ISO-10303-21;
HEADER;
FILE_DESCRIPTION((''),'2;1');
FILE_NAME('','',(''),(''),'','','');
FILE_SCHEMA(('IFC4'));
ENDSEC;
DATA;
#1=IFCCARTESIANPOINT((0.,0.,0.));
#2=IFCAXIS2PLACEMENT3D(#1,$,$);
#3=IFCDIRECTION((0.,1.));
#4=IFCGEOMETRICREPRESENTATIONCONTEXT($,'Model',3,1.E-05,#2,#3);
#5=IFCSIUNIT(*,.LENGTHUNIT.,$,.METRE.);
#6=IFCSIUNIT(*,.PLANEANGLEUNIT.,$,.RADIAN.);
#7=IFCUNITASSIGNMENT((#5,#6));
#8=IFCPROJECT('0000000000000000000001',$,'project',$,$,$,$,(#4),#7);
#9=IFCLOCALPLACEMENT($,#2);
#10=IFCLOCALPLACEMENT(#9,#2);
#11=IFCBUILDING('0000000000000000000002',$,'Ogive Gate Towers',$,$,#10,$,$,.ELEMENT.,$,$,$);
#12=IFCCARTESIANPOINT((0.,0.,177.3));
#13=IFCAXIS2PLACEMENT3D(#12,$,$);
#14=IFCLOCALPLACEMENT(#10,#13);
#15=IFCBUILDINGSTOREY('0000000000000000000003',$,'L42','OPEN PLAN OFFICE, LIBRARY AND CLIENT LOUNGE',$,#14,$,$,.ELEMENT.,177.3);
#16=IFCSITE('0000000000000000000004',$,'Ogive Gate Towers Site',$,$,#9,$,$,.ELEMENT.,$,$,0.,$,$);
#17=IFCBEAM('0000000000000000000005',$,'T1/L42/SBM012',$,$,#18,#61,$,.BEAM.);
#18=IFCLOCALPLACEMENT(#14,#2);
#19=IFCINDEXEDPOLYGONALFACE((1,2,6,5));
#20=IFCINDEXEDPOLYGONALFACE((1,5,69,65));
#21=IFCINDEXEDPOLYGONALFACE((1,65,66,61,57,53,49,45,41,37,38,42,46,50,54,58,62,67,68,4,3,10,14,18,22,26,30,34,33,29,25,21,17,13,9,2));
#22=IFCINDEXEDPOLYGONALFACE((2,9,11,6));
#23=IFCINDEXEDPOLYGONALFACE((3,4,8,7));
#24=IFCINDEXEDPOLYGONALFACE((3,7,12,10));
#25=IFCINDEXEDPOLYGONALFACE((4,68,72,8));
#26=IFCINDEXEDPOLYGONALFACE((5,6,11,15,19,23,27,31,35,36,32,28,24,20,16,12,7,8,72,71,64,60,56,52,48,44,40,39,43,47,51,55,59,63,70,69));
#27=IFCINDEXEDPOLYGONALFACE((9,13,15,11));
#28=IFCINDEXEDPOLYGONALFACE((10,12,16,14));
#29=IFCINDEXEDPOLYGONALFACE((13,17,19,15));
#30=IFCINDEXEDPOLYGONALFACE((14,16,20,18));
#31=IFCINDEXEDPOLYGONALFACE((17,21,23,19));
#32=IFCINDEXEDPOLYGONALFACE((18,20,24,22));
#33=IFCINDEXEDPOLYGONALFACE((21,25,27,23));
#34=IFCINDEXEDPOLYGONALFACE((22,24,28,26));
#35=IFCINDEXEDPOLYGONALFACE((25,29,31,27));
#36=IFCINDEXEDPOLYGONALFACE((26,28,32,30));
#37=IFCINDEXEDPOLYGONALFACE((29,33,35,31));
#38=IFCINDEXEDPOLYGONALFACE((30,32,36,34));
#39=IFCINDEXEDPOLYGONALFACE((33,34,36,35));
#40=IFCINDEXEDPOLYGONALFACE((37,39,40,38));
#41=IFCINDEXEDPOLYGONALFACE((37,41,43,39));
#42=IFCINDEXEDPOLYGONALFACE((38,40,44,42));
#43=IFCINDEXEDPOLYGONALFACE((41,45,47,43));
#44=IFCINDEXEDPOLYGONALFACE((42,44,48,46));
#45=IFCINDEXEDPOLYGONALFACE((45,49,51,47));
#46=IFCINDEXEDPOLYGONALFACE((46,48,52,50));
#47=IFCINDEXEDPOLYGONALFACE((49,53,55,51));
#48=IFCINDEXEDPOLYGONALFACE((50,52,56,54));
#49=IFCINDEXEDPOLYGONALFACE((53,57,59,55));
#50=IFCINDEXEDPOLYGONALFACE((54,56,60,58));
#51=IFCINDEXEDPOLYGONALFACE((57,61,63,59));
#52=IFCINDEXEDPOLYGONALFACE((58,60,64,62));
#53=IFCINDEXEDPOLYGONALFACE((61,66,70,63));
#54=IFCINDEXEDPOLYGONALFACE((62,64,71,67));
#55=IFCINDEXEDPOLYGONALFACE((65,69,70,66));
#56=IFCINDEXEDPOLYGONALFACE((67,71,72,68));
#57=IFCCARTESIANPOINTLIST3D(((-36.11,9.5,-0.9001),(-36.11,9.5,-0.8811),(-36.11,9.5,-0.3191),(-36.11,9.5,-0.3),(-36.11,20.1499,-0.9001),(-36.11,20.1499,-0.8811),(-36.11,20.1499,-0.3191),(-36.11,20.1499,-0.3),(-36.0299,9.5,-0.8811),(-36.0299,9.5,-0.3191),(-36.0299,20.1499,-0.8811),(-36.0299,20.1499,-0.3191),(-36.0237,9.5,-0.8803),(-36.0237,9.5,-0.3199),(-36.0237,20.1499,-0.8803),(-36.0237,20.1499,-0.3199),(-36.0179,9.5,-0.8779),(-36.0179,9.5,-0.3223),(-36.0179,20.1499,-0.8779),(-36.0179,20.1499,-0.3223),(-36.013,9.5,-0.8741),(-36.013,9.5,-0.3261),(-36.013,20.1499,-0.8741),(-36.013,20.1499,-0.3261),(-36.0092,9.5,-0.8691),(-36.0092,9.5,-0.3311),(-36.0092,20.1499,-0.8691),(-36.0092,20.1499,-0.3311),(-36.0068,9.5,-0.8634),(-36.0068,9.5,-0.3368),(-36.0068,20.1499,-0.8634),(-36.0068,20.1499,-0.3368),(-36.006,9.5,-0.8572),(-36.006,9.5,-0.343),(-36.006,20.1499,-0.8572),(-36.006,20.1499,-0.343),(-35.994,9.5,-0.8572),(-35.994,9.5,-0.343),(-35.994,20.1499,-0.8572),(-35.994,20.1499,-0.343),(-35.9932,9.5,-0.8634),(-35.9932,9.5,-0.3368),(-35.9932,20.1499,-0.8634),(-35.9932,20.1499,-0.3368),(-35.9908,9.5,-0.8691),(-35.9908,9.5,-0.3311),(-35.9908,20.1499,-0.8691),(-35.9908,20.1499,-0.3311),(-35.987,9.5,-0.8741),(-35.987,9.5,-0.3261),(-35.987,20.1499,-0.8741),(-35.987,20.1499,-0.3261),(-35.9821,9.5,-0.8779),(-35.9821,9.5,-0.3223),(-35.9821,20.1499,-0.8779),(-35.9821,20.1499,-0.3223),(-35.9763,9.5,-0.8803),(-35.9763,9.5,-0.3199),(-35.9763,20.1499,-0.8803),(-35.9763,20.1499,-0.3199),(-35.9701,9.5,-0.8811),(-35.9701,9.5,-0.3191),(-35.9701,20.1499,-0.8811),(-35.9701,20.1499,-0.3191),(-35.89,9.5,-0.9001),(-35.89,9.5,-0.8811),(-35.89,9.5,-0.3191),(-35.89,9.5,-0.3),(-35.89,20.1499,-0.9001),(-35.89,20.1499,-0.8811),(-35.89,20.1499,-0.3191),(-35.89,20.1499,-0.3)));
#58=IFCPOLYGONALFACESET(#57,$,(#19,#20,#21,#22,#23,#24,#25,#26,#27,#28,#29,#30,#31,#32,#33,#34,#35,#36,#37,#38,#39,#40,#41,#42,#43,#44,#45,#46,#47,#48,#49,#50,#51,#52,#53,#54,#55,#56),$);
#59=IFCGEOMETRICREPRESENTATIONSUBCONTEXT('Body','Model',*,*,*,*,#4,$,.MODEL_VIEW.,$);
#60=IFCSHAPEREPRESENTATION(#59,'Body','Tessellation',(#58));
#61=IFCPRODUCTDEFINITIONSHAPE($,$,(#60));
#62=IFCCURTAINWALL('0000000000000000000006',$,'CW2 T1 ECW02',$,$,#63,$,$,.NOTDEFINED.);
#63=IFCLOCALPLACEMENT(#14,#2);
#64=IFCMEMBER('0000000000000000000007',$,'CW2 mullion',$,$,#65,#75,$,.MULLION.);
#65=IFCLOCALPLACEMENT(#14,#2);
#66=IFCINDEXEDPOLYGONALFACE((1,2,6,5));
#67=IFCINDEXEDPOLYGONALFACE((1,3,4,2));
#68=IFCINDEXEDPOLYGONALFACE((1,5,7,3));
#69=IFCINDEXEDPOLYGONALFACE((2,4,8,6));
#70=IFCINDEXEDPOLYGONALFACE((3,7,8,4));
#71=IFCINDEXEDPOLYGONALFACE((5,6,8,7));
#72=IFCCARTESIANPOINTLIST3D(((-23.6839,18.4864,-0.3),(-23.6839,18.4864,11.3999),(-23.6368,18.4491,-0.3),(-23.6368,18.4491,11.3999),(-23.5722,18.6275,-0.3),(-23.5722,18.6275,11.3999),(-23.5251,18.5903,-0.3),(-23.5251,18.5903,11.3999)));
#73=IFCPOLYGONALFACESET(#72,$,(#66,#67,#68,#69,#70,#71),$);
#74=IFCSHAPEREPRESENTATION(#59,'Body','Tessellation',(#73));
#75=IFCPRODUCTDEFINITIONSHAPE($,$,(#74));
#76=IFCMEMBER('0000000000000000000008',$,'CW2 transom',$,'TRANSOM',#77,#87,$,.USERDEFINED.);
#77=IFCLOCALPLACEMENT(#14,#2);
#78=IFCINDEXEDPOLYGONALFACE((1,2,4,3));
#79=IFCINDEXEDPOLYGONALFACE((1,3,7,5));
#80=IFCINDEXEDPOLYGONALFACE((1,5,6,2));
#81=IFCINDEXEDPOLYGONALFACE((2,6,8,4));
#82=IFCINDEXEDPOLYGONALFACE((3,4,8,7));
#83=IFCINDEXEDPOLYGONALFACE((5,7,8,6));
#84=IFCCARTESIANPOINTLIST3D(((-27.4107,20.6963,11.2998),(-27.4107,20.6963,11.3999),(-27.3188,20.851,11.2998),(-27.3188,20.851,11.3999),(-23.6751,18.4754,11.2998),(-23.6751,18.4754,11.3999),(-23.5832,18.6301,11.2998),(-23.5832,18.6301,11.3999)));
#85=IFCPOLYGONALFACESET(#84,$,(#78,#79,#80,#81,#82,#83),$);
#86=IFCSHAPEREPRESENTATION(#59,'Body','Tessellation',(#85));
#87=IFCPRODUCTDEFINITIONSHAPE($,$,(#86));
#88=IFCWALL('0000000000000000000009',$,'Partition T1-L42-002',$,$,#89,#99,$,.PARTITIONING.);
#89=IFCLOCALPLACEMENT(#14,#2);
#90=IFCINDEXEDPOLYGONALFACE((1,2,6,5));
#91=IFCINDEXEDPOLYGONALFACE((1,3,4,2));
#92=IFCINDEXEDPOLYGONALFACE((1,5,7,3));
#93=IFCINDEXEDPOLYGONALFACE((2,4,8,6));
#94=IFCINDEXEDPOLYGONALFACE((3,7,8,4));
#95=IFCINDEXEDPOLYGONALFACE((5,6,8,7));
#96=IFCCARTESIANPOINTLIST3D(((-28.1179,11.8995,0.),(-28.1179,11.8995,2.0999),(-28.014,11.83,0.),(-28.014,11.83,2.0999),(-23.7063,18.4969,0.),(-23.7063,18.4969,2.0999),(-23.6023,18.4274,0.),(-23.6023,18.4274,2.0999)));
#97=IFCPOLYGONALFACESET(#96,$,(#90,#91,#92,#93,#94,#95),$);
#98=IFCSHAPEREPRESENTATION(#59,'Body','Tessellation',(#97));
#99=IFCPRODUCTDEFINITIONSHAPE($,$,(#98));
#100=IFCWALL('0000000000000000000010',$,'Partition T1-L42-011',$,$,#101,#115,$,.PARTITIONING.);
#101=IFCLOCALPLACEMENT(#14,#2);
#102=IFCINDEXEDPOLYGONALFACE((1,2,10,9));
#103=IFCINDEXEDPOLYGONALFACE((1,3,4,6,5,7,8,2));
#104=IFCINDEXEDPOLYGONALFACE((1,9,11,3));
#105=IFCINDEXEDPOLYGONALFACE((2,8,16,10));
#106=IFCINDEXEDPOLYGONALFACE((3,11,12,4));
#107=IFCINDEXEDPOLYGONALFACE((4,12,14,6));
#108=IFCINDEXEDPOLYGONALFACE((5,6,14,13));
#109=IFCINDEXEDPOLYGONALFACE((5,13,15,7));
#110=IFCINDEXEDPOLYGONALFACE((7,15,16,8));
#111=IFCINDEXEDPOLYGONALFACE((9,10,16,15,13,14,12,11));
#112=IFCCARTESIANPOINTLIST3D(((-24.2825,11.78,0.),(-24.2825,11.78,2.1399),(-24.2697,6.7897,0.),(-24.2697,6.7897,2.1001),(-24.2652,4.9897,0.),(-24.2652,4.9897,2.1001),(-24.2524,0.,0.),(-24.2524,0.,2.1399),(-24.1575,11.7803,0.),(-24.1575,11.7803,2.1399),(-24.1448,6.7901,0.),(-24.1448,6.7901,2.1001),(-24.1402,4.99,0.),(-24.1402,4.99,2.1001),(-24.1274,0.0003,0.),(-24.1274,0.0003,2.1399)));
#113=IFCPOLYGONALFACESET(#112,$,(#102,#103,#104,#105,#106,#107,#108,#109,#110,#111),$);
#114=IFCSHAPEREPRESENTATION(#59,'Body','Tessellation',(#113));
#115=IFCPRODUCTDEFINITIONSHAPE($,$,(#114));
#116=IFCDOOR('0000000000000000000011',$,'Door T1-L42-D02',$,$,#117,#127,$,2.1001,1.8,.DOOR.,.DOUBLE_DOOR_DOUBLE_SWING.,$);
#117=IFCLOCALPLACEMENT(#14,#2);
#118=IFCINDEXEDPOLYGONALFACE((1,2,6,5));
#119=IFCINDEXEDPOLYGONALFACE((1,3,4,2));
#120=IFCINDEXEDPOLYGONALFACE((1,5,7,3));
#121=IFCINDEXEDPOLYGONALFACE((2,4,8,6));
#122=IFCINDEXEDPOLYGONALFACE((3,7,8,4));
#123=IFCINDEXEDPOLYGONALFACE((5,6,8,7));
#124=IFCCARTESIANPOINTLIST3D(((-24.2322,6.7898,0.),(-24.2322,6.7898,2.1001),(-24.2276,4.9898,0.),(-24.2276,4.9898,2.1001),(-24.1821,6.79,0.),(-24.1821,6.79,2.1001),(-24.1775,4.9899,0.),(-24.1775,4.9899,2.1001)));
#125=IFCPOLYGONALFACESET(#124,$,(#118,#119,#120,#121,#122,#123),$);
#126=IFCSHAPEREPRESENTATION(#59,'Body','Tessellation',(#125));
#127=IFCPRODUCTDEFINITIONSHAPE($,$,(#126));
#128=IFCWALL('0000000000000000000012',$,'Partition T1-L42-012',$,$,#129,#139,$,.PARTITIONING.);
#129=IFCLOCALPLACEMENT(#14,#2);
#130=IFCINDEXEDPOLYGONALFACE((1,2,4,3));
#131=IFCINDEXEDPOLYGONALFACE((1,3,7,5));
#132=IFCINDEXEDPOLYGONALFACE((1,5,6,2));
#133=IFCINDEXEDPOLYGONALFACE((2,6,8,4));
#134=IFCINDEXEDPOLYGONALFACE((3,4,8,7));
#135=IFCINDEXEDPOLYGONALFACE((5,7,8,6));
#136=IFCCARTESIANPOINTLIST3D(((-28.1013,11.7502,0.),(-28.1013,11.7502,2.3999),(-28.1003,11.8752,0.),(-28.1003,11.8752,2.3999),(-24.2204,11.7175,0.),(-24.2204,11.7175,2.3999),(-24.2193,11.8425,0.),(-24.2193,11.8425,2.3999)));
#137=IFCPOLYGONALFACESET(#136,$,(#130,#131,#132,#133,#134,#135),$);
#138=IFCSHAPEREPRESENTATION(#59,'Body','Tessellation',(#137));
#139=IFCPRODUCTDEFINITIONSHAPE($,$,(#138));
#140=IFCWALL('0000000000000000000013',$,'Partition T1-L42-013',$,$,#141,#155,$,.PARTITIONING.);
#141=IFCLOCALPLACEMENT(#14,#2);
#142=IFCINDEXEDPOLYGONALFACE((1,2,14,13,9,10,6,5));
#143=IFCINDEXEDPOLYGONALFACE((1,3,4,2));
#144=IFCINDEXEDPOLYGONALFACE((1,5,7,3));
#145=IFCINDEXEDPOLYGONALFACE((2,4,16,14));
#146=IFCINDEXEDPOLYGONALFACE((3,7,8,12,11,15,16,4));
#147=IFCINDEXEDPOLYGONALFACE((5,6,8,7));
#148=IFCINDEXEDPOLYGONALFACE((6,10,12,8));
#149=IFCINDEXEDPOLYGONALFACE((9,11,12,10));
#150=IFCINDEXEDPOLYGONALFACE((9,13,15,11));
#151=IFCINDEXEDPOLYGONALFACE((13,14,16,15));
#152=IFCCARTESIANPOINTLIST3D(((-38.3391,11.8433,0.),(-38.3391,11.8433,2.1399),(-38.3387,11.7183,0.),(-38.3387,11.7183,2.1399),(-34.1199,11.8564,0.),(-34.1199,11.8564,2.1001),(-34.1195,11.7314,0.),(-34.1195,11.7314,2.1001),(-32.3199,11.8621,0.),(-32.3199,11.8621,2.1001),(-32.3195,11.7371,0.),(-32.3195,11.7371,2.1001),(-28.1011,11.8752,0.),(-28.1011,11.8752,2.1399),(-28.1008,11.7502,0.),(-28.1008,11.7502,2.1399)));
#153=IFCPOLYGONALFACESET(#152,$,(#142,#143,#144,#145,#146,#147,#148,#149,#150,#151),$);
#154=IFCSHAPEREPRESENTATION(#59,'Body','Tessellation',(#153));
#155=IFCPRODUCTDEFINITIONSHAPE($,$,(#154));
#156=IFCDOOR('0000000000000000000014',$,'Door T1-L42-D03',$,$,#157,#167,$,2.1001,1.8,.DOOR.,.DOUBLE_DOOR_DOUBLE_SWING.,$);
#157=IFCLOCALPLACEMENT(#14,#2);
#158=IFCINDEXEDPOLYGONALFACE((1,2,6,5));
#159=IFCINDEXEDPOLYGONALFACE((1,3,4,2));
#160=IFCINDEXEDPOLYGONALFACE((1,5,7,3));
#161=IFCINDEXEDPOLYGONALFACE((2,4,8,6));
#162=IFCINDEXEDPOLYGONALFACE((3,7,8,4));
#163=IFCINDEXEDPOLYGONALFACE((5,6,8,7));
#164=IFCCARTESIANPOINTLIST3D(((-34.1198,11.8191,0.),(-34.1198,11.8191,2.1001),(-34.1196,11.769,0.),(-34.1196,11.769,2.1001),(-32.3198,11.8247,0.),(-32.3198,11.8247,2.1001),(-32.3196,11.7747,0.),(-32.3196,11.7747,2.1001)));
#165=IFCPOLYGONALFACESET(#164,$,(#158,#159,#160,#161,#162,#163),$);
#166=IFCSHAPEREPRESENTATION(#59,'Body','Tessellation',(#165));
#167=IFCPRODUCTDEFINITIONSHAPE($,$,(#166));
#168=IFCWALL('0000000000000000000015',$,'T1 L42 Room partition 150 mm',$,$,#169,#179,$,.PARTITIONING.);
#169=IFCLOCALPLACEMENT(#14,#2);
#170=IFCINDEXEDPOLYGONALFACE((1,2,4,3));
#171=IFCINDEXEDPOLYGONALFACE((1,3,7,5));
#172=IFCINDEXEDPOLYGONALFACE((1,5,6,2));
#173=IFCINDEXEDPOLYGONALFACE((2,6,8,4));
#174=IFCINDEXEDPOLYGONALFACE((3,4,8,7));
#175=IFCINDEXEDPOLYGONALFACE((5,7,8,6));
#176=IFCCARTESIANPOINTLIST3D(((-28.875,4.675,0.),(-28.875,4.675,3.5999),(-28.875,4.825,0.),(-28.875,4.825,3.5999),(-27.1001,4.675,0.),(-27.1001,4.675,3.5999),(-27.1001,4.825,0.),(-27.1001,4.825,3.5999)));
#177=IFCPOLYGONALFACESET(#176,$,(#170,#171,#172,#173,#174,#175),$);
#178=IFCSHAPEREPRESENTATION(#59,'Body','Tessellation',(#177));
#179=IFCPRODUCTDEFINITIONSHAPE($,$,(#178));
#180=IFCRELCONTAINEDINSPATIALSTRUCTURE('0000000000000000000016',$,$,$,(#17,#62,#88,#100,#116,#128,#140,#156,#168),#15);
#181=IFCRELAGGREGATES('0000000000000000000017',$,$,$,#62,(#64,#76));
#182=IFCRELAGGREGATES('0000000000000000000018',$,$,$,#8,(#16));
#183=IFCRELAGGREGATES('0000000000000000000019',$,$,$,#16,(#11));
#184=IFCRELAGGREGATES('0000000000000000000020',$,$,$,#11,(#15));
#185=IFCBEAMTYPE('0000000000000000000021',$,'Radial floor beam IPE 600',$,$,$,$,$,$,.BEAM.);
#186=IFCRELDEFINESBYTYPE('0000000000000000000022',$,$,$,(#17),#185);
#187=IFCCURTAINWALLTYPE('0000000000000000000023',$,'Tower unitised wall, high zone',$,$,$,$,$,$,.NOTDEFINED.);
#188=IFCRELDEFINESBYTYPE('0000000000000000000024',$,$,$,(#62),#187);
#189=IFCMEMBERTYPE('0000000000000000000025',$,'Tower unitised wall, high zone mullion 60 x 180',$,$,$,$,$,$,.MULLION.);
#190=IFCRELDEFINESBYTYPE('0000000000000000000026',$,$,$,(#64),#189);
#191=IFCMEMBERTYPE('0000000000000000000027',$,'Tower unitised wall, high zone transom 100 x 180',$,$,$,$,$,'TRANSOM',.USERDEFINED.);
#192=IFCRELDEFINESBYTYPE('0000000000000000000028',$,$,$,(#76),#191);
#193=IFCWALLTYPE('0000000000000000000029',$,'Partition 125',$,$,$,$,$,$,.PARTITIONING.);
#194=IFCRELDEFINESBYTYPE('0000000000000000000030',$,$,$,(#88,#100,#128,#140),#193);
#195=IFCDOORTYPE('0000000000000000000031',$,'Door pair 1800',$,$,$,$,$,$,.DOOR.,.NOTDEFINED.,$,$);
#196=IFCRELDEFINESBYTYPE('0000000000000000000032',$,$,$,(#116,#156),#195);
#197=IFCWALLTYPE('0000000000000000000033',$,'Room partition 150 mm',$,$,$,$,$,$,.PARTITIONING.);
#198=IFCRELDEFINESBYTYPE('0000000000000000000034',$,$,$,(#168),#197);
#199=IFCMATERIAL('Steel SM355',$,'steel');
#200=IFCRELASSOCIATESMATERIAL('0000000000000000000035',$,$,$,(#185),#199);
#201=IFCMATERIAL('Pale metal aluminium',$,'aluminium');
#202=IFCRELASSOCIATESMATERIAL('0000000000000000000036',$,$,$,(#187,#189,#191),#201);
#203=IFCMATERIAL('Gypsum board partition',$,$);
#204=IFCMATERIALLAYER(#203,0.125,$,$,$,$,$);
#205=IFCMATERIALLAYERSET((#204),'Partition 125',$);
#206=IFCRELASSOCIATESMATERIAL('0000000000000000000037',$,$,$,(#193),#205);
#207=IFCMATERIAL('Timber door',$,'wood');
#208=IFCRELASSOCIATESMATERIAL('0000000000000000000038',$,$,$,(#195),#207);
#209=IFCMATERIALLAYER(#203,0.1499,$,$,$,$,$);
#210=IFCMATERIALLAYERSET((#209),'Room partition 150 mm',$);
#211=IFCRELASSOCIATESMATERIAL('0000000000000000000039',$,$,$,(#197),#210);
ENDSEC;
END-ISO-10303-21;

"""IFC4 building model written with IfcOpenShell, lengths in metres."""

from ifc_helpers import new_model, si_unit, direction, frame, frame_2d, origin, origin_2d, place, context, subcontext, project, spatial, rectangle, i_section, extrude, material, layer, layer_set, material_profile, profile_set, type_object, element, fill, aggregate, save


model = new_model("IFC4")

# Units and contexts
model_context = context("Model", 3, precision=1e-05, world=origin(), true_north=direction((0.0, 1.0)))
body_context = subcontext(model_context, "Body", "Model", "MODEL_VIEW")
ifc_project = project(units=[si_unit("LENGTHUNIT", "METRE"), si_unit("PLANEANGLEUNIT", "RADIAN")], contexts=[model_context])

# Site, building, storey
site_placement = place(None, origin())
site = spatial("IfcSite", under=ifc_project, at=site_placement, Name="Ogive Gate Towers Site", CompositionType="ELEMENT", RefElevation=0.0)
building_placement = place(site_placement, origin())
building = spatial("IfcBuilding", under=site, at=building_placement, Name="Ogive Gate Towers", CompositionType="ELEMENT")
storey_placement = place(building_placement, frame((0.0, 0.0, 177.3)))
storey = spatial("IfcBuildingStorey", under=building, at=storey_placement, Name="L42", Description="OPEN PLAN OFFICE, LIBRARY AND CLIENT LOUNGE", CompositionType="ELEMENT", Elevation=177.3)

# Beam
ifc_material_1 = material(Name="Steel SM355", Category="steel")
ifc_material_profile_1 = material_profile(ifc_material_1, i_section(OverallWidth=0.22, OverallDepth=0.6001, WebThickness=0.012, FlangeThickness=0.019, FilletRadius=0.0239, at=origin_2d()), Name="IPE 600")
ifc_profile_set_1 = profile_set([ifc_material_profile_1], Name="Steel SM355")
beam_type_1 = type_object("IfcBeamType", Name="Radial floor beam IPE 600", PredefinedType="BEAM", material=ifc_profile_set_1)
beam_1_placement = place(storey_placement, frame((-36.0, 9.5, -0.6001), z_axis=(0.0, 1.0, 0.0), x_axis=(-1.0, 0.0, 0.0)))
element("IfcBeam", 1, at=beam_1_placement, inside=storey, type_object=beam_type_1, Name="T1/L42/SBM012", PredefinedType="BEAM", context=body_context, shape_type="SweptSolid", body=[
    extrude(i_section(OverallWidth=0.22, OverallDepth=0.6001, WebThickness=0.012, FlangeThickness=0.019, FilletRadius=0.0239, at=origin_2d()), origin(), (0.0, 0.0, 1.0), 10.6499),
])

# Curtain wall, members
ifc_material_2 = material(Name="Pale metal aluminium", Category="aluminium")
curtain_wall_type = type_object("IfcCurtainWallType", Name="Tower unitised wall, high zone", PredefinedType="NOTDEFINED", material=ifc_material_2)
curtain_wall_placement = place(storey_placement, origin())
curtain_wall = element("IfcCurtainWall", 2, at=curtain_wall_placement, inside=storey, type_object=curtain_wall_type, Name="CW2 T1 ECW02", PredefinedType="NOTDEFINED")
ifc_material_profile_2 = material_profile(ifc_material_2, rectangle(XDim=0.1799, YDim=0.0601, at=origin_2d()), Name="60 x 180 aluminium box")
ifc_profile_set_2 = profile_set([ifc_material_profile_2], Name="Pale metal aluminium")
member_type_1 = type_object("IfcMemberType", Name="Tower unitised wall, high zone mullion 60 x 180", PredefinedType="MULLION", material=ifc_profile_set_2)
member_1_placement = place(storey_placement, frame((-23.6045, 18.5383, -0.3), z_axis=(0.0, 0.0, 1.0), x_axis=(0.620464, 0.784235, 0.0)))
member_1 = element("IfcMember", 3, at=member_1_placement, type_object=member_type_1, Name="CW2 mullion", PredefinedType="MULLION", context=body_context, shape_type="SweptSolid", body=[
    extrude(rectangle(XDim=0.1799, YDim=0.0601, at=origin_2d()), origin(), (0.0, 0.0, 1.0), 11.7),
])
ifc_material_profile_3 = material_profile(ifc_material_2, rectangle(XDim=0.1799, YDim=0.1001, at=origin_2d()), Name="100 x 180 aluminium box")
ifc_profile_set_3 = profile_set([ifc_material_profile_3], Name="Pale metal aluminium")
member_type_2 = type_object("IfcMemberType", Name="Tower unitised wall, high zone transom 100 x 180", ElementType="TRANSOM", PredefinedType="USERDEFINED", material=ifc_profile_set_3)
member_2_placement = place(storey_placement, frame((-23.6292, 18.5527, 11.3499), z_axis=(-0.859558, 0.511038, 0.0), x_axis=(-0.511038, -0.859558, 0.0)))
member_2 = element("IfcMember", 4, at=member_2_placement, type_object=member_type_2, Name="CW2 transom", ObjectType="TRANSOM", PredefinedType="USERDEFINED", context=body_context, shape_type="SweptSolid", body=[
    extrude(rectangle(XDim=0.1799, YDim=0.1001, at=origin_2d()), origin(), (0.0, 0.0, 1.0), 4.3459),
])
aggregate(curtain_wall, [member_1, member_2])

# Wall
ifc_material_3 = material(Name="Gypsum board partition")
ifc_layer_1 = layer(ifc_material_3, 0.125)
ifc_layer_set_1 = layer_set([ifc_layer_1], Name="Partition 125")
wall_type_1 = type_object("IfcWallType", Name="Partition 125", PredefinedType="PARTITIONING", material=ifc_layer_set_1)
wall_1_placement = place(storey_placement, frame((-23.6543, 18.4622, 0.0), z_axis=(0.0, 0.0, 1.0), x_axis=(-0.555864, -0.831273, 0.0)))
element("IfcWall", 5, at=wall_1_placement, inside=storey, type_object=wall_type_1, Name="Partition T1-L42-002", PredefinedType="PARTITIONING", context=body_context, shape_type="SweptSolid", body=[
    extrude(rectangle(XDim=7.9365, YDim=0.125, at=frame_2d((3.9683, 0.0))), origin(), (0.0, 0.0, 1.0), 2.0999),
])

# Wall, opening, door
wall_2_placement = place(storey_placement, frame((-24.1899, 0.0, 0.0), z_axis=(0.0, 0.0, 1.0), x_axis=(-0.002549, 0.999997, 0.0)))
wall_2 = element("IfcWall", 6, at=wall_2_placement, inside=storey, type_object=wall_type_1, Name="Partition T1-L42-011", PredefinedType="PARTITIONING", context=body_context, shape_type="SweptSolid", body=[
    extrude(rectangle(XDim=11.78, YDim=0.125, at=frame_2d((5.8901, 0.0))), origin(), (0.0, 0.0, 1.0), 2.1399),
])
opening_1_placement = place(wall_2_placement, frame((4.99, 0.0, 0.0)))
opening_1 = element("IfcOpeningElement", 7, at=opening_1_placement, cuts=wall_2, PredefinedType="OPENING", context=body_context, shape_type="SweptSolid", body=[
    extrude(rectangle(XDim=1.8, YDim=2.1001, at=frame_2d((0.8999, 1.05))), frame((0.0, 0.0725, 0.0), z_axis=(0.0, -1.0, 0.0), x_axis=(1.0, 0.0, 0.0)), (0.0, 0.0, 1.0), 0.145),
])
ifc_material_4 = material(Name="Timber door", Category="wood")
door_type_1 = type_object("IfcDoorType", Name="Door pair 1800", OperationType="NOTDEFINED", PredefinedType="DOOR", material=ifc_material_4)
door_1_placement = place(opening_1_placement, origin())
door_1 = element("IfcDoor", 8, at=door_1_placement, inside=storey, type_object=door_type_1, Name="Door T1-L42-D02", OperationType="DOUBLE_DOOR_DOUBLE_SWING", OverallHeight=2.1001, OverallWidth=1.8, PredefinedType="DOOR", context=body_context, shape_type="SweptSolid", body=[
    extrude(rectangle(XDim=1.8, YDim=2.1001, at=frame_2d((0.8999, 1.05))), frame((0.0, 0.0249, 0.0), z_axis=(0.0, -1.0, 0.0), x_axis=(1.0, 0.0, 0.0)), (0.0, 0.0, 1.0), 0.05),
])
fill(opening_1, door_1)

# Wall
wall_3_placement = place(storey_placement, frame((-24.22, 11.78, 0.0), z_axis=(0.0, 0.0, 1.0), x_axis=(-0.999964, 0.008429, 0.0)))
element("IfcWall", 9, at=wall_3_placement, inside=storey, type_object=wall_type_1, Name="Partition T1-L42-012", PredefinedType="PARTITIONING", context=body_context, shape_type="SweptSolid", body=[
    extrude(rectangle(XDim=3.8811, YDim=0.125, at=frame_2d((1.9404, 0.0))), origin(), (0.0, 0.0, 1.0), 2.3999),
])

# Wall, opening, door
wall_4_placement = place(storey_placement, frame((-28.1008, 11.8127, 0.0), z_axis=(0.0, 0.0, 1.0), x_axis=(-0.999995, -0.003124, 0.0)))
wall_4 = element("IfcWall", 10, at=wall_4_placement, inside=storey, type_object=wall_type_1, Name="Partition T1-L42-013", PredefinedType="PARTITIONING", context=body_context, shape_type="SweptSolid", body=[
    extrude(rectangle(XDim=10.238, YDim=0.125, at=frame_2d((5.1191, 0.0))), origin(), (0.0, 0.0, 1.0), 2.1399),
])
opening_2_placement = place(wall_4_placement, frame((4.219, 0.0, 0.0)))
opening_2 = element("IfcOpeningElement", 11, at=opening_2_placement, cuts=wall_4, PredefinedType="OPENING", context=body_context, shape_type="SweptSolid", body=[
    extrude(rectangle(XDim=1.8, YDim=2.1001, at=frame_2d((0.8999, 1.05))), frame((0.0, 0.0725, 0.0), z_axis=(0.0, -1.0, 0.0), x_axis=(1.0, 0.0, 0.0)), (0.0, 0.0, 1.0), 0.145),
])
door_2_placement = place(opening_2_placement, origin())
door_2 = element("IfcDoor", 12, at=door_2_placement, inside=storey, type_object=door_type_1, Name="Door T1-L42-D03", OperationType="DOUBLE_DOOR_DOUBLE_SWING", OverallHeight=2.1001, OverallWidth=1.8, PredefinedType="DOOR", context=body_context, shape_type="SweptSolid", body=[
    extrude(rectangle(XDim=1.8, YDim=2.1001, at=frame_2d((0.8999, 1.05))), frame((0.0, 0.0249, 0.0), z_axis=(0.0, -1.0, 0.0), x_axis=(1.0, 0.0, 0.0)), (0.0, 0.0, 1.0), 0.05),
])
fill(opening_2, door_2)

# Wall
ifc_layer_2 = layer(ifc_material_3, 0.1499)
ifc_layer_set_2 = layer_set([ifc_layer_2], Name="Room partition 150 mm")
wall_type_2 = type_object("IfcWallType", Name="Room partition 150 mm", PredefinedType="PARTITIONING", material=ifc_layer_set_2)
wall_5_placement = place(storey_placement, frame((-28.875, 4.75, 0.0), z_axis=(0.0, 0.0, 1.0), x_axis=(1.0, 0.0, 0.0)))
element("IfcWall", 13, at=wall_5_placement, inside=storey, type_object=wall_type_2, Name="T1 L42 Room partition 150 mm", PredefinedType="PARTITIONING", context=body_context, shape_type="SweptSolid", body=[
    extrude(rectangle(XDim=1.7749, YDim=0.1499, at=frame_2d((0.8875, 0.0))), origin(), (0.0, 0.0, 1.0), 3.5999),
])

save(model, "model.ifc")
